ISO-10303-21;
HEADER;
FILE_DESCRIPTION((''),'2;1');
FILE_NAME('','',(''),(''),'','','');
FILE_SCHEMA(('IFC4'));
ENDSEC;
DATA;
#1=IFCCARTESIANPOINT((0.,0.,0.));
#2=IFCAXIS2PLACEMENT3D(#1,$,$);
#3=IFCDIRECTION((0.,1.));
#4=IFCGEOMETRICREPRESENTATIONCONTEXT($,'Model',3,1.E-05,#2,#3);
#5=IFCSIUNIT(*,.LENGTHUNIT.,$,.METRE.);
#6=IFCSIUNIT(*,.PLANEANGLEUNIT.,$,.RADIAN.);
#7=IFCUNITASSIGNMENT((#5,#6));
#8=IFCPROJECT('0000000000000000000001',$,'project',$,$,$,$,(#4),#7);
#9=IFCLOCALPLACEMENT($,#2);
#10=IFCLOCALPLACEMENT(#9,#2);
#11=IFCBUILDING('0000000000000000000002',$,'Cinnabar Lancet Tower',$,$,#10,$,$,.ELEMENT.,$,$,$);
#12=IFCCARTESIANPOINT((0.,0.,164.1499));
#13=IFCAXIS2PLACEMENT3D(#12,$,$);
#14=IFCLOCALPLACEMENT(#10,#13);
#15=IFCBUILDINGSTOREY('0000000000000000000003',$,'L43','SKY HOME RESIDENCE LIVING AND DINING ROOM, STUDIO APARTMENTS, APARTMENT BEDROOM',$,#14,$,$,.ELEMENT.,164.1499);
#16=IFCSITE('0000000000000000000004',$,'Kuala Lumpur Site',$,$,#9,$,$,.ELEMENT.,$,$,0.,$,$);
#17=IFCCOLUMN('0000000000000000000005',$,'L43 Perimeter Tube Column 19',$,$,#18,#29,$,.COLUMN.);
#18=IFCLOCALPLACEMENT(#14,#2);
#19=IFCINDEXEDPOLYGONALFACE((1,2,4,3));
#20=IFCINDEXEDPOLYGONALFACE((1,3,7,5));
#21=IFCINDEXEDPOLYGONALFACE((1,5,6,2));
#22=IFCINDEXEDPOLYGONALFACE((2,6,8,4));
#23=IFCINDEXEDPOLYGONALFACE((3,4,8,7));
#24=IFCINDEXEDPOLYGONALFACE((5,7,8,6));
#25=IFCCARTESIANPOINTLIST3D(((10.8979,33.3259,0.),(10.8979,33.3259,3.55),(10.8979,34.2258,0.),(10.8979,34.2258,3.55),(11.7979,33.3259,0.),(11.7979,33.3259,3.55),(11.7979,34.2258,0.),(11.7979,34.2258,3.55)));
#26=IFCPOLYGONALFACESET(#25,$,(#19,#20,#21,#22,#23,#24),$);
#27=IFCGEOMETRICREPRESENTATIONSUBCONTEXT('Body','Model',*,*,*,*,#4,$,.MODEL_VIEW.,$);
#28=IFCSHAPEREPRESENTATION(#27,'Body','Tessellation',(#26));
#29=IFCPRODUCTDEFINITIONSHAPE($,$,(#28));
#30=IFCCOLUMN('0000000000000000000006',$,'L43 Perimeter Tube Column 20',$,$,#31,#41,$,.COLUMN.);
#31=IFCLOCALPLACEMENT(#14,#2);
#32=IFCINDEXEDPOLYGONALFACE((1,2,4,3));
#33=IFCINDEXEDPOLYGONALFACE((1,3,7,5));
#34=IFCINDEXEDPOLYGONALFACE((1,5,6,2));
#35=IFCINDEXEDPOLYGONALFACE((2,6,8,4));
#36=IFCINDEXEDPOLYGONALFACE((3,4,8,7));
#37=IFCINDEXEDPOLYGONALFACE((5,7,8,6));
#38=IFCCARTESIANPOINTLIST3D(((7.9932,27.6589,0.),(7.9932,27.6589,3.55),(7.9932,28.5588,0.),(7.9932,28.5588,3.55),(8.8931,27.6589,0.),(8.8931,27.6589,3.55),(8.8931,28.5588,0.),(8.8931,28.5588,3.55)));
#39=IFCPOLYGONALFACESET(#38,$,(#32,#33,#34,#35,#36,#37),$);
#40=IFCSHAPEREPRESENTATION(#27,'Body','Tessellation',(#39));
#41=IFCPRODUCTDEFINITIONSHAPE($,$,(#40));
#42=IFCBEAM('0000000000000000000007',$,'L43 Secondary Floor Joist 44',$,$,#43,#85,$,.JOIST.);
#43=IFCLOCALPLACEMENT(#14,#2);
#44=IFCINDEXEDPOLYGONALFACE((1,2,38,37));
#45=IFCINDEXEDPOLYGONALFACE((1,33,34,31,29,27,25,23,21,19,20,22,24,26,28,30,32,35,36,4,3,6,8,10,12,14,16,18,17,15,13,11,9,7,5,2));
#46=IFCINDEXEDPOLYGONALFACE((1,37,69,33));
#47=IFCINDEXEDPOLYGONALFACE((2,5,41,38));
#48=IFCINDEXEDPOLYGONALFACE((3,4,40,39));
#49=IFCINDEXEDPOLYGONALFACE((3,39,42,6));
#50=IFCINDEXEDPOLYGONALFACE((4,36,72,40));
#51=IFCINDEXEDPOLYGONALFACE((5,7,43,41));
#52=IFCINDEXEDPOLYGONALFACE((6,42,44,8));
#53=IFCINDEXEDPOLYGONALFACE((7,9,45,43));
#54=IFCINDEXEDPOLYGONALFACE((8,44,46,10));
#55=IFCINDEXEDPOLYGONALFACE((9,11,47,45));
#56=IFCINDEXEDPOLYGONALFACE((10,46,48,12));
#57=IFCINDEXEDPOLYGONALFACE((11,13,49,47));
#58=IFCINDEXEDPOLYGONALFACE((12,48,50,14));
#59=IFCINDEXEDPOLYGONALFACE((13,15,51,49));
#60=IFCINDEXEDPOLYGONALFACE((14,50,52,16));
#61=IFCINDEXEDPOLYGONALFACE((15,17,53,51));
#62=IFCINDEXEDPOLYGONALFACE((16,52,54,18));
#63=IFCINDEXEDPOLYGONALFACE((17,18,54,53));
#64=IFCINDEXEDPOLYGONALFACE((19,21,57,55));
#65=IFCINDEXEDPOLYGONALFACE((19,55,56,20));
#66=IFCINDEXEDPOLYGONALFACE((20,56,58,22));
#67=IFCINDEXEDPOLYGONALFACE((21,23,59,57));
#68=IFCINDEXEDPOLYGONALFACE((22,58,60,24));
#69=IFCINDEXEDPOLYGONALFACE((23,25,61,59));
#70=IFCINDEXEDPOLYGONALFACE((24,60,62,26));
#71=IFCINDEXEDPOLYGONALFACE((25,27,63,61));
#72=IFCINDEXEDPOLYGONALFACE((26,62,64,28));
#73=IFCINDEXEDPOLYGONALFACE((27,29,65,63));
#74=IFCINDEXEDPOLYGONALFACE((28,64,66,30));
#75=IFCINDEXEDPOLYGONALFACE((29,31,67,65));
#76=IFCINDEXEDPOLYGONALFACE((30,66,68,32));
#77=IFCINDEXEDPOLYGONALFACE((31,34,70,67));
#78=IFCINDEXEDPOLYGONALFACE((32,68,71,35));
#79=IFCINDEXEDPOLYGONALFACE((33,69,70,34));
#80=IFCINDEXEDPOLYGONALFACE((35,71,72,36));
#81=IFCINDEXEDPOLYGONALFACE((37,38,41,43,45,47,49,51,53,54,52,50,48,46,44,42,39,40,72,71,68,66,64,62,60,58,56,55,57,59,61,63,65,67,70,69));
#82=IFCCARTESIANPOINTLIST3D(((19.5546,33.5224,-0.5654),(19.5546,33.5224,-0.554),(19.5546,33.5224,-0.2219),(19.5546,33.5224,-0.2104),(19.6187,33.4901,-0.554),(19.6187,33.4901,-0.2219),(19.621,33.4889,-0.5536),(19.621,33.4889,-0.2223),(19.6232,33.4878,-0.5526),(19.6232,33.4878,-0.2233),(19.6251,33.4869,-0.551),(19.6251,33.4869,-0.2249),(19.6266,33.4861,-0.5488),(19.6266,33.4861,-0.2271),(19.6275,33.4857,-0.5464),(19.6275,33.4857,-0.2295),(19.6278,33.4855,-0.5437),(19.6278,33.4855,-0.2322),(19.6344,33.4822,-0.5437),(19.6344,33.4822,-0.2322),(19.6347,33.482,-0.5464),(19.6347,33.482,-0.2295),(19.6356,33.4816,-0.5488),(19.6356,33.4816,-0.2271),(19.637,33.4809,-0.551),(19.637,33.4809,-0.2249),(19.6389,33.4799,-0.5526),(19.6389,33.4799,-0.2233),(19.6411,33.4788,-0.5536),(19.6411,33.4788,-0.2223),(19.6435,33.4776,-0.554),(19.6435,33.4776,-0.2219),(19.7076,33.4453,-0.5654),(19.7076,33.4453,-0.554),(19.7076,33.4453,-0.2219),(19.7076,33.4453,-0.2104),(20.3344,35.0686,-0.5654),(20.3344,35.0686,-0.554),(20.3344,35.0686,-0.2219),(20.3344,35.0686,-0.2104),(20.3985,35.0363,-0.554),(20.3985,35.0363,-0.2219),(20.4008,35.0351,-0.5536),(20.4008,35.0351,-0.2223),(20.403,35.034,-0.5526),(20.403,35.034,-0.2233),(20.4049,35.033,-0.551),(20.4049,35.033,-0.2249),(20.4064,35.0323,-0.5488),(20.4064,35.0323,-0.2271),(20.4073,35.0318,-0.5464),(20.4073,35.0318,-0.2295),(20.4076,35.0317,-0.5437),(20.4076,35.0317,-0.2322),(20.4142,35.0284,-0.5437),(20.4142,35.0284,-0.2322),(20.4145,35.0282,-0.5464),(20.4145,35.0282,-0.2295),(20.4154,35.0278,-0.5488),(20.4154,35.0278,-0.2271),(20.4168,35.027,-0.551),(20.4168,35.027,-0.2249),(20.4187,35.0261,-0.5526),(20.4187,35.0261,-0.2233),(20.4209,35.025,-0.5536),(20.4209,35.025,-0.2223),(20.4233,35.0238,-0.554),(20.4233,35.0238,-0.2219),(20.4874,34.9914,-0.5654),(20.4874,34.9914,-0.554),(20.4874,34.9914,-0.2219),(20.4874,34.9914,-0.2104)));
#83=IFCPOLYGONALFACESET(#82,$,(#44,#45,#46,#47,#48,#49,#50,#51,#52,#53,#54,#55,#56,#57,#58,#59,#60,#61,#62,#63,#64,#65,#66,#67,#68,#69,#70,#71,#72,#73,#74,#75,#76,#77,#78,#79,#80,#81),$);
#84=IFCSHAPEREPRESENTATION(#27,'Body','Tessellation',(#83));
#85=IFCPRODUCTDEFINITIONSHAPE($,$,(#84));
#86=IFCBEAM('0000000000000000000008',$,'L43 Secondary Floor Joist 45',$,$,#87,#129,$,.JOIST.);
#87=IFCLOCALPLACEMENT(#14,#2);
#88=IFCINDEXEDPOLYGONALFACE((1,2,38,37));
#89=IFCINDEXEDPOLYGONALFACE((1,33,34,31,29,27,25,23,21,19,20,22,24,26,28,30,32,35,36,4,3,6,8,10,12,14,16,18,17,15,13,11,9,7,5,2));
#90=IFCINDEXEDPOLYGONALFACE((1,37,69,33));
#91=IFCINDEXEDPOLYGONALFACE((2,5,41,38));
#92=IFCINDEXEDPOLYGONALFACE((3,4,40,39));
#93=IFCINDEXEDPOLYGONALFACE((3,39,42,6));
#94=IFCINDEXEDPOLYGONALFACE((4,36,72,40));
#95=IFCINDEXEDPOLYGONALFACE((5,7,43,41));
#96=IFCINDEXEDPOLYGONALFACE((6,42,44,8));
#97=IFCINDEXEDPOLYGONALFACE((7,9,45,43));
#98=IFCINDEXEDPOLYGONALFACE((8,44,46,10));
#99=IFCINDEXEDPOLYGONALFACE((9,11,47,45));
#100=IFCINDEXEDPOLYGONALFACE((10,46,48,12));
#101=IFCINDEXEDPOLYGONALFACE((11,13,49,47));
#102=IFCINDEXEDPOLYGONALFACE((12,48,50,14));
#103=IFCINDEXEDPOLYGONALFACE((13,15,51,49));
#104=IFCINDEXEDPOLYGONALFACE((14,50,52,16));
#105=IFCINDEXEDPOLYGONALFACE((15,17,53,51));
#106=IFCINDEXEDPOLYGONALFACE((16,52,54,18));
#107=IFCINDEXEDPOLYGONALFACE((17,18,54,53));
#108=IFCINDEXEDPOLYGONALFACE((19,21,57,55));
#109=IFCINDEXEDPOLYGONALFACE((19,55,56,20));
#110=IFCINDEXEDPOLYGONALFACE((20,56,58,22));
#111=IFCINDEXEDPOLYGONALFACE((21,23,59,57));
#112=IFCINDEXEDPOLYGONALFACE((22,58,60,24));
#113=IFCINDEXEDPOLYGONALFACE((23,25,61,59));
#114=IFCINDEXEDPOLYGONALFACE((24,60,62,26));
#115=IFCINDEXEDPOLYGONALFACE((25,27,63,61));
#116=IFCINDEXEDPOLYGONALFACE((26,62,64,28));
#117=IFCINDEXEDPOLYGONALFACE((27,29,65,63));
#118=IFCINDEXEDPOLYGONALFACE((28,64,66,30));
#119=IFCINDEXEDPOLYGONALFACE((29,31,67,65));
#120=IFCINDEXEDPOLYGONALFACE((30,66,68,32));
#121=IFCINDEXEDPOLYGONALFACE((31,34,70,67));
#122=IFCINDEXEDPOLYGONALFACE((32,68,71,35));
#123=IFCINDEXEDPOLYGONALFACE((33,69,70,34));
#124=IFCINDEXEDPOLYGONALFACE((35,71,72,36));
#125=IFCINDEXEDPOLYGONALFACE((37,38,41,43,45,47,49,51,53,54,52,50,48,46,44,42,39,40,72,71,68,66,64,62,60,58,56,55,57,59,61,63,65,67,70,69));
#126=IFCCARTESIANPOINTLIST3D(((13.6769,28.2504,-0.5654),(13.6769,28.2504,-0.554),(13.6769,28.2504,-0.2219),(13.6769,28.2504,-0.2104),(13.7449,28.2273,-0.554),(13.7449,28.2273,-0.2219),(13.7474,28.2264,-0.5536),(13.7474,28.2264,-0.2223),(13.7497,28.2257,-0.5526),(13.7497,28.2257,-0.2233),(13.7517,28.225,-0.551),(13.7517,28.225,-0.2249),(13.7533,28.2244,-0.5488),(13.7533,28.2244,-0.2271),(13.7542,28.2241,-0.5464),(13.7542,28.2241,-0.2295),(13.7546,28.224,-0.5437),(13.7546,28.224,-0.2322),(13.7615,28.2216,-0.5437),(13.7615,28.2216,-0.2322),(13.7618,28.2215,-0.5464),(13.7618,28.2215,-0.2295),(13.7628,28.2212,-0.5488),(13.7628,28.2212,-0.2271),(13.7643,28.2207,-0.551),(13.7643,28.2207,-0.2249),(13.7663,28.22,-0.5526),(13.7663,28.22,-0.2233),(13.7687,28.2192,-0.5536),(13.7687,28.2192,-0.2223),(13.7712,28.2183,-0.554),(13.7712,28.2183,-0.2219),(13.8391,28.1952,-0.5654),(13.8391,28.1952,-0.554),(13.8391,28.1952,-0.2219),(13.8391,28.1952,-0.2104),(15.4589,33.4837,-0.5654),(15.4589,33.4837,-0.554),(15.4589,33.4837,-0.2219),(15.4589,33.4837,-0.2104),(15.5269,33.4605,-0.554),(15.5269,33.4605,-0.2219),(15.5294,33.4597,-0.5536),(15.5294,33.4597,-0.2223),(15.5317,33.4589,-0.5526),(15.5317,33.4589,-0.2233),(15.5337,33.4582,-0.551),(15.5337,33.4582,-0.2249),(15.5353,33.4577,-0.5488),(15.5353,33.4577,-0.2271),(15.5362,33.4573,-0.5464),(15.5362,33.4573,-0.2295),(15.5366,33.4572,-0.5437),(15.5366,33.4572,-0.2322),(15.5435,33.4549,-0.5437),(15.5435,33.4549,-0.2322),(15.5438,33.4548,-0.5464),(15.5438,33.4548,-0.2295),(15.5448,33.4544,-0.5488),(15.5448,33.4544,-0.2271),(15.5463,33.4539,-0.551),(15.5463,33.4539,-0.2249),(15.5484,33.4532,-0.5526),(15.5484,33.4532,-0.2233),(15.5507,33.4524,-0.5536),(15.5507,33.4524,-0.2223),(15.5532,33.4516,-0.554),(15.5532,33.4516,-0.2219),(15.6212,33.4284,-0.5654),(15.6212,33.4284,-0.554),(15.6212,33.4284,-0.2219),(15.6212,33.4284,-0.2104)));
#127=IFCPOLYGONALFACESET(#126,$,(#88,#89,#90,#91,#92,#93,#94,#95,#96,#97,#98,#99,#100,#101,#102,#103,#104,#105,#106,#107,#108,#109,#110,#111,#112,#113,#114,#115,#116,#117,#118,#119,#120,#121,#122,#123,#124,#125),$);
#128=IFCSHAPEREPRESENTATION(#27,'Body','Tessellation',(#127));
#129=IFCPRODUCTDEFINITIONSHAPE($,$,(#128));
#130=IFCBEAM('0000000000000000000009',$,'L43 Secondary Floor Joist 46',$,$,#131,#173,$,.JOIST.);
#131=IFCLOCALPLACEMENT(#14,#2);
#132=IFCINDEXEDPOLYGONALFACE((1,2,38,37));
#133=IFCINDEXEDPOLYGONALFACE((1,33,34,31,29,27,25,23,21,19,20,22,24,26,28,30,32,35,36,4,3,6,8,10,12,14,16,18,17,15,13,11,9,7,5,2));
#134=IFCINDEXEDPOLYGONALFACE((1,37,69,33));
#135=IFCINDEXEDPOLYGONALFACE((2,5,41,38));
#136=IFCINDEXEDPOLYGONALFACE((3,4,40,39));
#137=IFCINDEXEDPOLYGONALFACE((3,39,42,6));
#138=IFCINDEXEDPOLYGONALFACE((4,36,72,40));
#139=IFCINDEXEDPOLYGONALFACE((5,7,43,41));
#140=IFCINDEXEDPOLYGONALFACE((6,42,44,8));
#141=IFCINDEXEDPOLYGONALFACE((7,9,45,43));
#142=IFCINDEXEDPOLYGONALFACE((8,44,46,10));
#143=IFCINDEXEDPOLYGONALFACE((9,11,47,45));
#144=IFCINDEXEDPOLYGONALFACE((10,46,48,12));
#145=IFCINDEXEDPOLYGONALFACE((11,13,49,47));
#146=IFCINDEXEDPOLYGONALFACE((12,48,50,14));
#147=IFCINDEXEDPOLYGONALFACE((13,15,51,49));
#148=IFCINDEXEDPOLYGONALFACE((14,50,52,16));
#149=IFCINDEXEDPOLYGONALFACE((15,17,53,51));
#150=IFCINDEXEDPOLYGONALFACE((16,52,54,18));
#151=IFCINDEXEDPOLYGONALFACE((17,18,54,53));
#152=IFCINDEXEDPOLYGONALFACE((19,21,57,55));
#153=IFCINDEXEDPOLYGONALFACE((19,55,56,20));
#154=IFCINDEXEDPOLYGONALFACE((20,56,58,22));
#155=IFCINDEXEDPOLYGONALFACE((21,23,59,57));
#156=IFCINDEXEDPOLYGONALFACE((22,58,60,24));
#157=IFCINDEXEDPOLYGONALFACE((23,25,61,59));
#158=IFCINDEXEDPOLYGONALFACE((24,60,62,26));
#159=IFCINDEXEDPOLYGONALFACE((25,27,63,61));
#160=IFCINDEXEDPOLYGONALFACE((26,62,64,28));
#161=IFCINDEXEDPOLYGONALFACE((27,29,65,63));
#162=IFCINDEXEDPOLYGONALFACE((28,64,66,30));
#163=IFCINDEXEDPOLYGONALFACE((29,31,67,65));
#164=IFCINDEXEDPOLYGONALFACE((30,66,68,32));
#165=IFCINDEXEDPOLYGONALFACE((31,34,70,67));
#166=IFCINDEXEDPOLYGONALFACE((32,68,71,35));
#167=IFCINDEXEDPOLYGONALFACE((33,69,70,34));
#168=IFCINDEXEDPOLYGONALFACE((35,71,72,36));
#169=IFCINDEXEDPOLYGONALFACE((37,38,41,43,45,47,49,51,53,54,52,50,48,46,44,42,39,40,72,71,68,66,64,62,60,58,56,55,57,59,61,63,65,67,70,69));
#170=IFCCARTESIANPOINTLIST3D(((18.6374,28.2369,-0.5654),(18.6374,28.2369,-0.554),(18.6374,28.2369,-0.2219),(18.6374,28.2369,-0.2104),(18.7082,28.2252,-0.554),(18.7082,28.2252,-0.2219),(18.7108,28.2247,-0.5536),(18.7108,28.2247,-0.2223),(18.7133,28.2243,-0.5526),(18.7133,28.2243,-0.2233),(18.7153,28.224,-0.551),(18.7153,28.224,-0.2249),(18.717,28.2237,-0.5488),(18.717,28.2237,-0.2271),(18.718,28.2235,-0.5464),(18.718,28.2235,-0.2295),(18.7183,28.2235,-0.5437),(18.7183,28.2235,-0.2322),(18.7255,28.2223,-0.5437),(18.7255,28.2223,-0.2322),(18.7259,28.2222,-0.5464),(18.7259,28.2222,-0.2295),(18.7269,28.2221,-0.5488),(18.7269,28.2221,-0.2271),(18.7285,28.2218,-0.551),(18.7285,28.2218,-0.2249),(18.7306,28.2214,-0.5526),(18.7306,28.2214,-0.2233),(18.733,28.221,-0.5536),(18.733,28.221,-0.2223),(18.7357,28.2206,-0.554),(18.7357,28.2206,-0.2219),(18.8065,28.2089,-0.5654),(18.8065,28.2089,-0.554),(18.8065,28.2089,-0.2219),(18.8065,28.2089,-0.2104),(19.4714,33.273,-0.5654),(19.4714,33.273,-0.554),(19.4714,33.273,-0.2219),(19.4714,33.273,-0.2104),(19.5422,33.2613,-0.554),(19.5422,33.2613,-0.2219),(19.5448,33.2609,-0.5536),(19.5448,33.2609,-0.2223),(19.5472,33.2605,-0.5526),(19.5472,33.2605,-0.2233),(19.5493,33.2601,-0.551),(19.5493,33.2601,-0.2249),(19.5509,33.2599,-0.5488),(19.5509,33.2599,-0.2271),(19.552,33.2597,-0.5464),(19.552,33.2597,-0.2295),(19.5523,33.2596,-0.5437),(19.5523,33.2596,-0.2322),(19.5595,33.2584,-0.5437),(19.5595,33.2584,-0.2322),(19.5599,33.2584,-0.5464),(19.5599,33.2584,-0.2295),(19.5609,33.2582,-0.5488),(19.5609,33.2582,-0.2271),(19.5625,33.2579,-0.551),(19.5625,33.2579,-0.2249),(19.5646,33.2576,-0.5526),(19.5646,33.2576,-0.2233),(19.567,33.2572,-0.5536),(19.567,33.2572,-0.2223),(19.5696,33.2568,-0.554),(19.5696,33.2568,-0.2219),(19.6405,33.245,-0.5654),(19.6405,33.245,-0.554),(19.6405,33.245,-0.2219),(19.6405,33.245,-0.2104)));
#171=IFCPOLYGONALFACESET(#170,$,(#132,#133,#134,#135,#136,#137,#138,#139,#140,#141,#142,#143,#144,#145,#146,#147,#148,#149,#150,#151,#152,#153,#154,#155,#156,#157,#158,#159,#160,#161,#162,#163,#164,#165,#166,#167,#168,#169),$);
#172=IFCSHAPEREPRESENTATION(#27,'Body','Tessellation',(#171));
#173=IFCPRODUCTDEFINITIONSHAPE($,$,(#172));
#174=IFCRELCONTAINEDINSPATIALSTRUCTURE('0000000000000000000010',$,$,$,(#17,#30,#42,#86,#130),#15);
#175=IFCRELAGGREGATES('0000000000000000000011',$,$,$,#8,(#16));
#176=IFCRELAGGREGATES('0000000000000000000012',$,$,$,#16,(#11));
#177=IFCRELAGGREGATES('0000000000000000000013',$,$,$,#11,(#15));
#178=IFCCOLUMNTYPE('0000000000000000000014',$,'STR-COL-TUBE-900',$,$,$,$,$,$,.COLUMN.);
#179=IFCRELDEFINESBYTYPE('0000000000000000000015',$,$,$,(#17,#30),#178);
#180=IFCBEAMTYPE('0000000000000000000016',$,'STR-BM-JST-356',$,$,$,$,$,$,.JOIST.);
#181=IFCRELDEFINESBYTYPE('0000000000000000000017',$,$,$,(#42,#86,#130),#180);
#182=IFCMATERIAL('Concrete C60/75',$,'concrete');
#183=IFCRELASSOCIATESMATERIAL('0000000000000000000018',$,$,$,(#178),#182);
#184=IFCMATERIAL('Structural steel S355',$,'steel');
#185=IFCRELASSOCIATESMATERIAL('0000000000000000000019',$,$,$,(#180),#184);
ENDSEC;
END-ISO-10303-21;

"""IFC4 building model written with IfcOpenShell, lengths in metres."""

from ifc_helpers import new_model, si_unit, direction, frame, origin, origin_2d, place, context, subcontext, project, spatial, rectangle, i_section, extrude, material, material_profile, profile_set, type_object, element, save


model = new_model("IFC4")

# Units and contexts
model_context = context("Model", 3, precision=1e-05, world=origin(), true_north=direction((0.0, 1.0)))
body_context = subcontext(model_context, "Body", "Model", "MODEL_VIEW")
ifc_project = project(units=[si_unit("LENGTHUNIT", "METRE"), si_unit("PLANEANGLEUNIT", "RADIAN")], contexts=[model_context])

# Site, building, storey
site_placement = place(None, origin())
site = spatial("IfcSite", under=ifc_project, at=site_placement, Name="Kuala Lumpur Site", CompositionType="ELEMENT", RefElevation=0.0)
building_placement = place(site_placement, origin())
building = spatial("IfcBuilding", under=site, at=building_placement, Name="Cinnabar Lancet Tower", CompositionType="ELEMENT")
storey_placement = place(building_placement, frame((0.0, 0.0, 164.1499)))
storey = spatial("IfcBuildingStorey", under=building, at=storey_placement, Name="L43", Description="SKY HOME RESIDENCE LIVING AND DINING ROOM, STUDIO APARTMENTS, APARTMENT BEDROOM", CompositionType="ELEMENT", Elevation=164.1499)

# Columns
ifc_material_1 = material(Name="Concrete C60/75", Category="concrete")
ifc_material_profile_1 = material_profile(ifc_material_1, rectangle(XDim=0.8999, YDim=0.8999, at=origin_2d()), Name="RC-COL 900x900")
ifc_profile_set_1 = profile_set([ifc_material_profile_1], Name="Concrete C60/75")
column_type = type_object("IfcColumnType", Name="STR-COL-TUBE-900", PredefinedType="COLUMN", material=ifc_profile_set_1)
for number, where, z_axis, x_axis, name in (
    (1, (11.3479, 33.7759, 0.0), (0.0, 0.0, 1.0), (1.0, 0.0, 0.0), "L43 Perimeter Tube Column 19"),
    (2, (8.4431, 28.1089, 0.0), (0.0, 0.0, 1.0), (1.0, 0.0, 0.0), "L43 Perimeter Tube Column 20"),
):
    element("IfcColumn", number, at=place(storey_placement, frame(where, z_axis=z_axis, x_axis=x_axis)), inside=storey, type_object=column_type, Name=name, PredefinedType="COLUMN", context=body_context, shape_type="SweptSolid", body=[
        extrude(rectangle(XDim=0.8999, YDim=0.8999, at=origin_2d()), origin(), (0.0, 0.0, 1.0), 3.55),
    ])

# Beams
ifc_material_2 = material(Name="Structural steel S355", Category="steel")
ifc_material_profile_2 = material_profile(ifc_material_2, i_section(OverallWidth=0.1714, OverallDepth=0.355, WebThickness=0.0073, FlangeThickness=0.0115, FilletRadius=0.0103, at=origin_2d()), Name="UKB 356x171x51")
ifc_profile_set_2 = profile_set([ifc_material_profile_2], Name="Structural steel S355")
beam_type_1 = type_object("IfcBeamType", Name="STR-BM-JST-356", PredefinedType="JOIST", material=ifc_profile_set_2)
beam_1_placement = place(storey_placement, frame((20.4109, 35.03, -0.3879), z_axis=(-0.450313, -0.892871, 0.0), x_axis=(0.892871, -0.450313, 0.0)))
element("IfcBeam", 3, at=beam_1_placement, inside=storey, type_object=beam_type_1, Name="L43 Secondary Floor Joist 44", PredefinedType="JOIST", context=body_context, shape_type="SweptSolid", body=[
    extrude(i_section(OverallWidth=0.1714, OverallDepth=0.355, WebThickness=0.0073, FlangeThickness=0.0115, FilletRadius=0.0103, at=origin_2d()), origin(), (0.0, 0.0, 1.0), 1.7317),
])
beam_2_placement = place(storey_placement, frame((15.54, 33.4561, -0.3879), z_axis=(-0.322342, -0.946623, 0.0), x_axis=(0.946623, -0.322342, 0.0)))
element("IfcBeam", 4, at=beam_2_placement, inside=storey, type_object=beam_type_1, Name="L43 Secondary Floor Joist 45", PredefinedType="JOIST", context=body_context, shape_type="SweptSolid", body=[
    extrude(i_section(OverallWidth=0.1714, OverallDepth=0.355, WebThickness=0.0073, FlangeThickness=0.0115, FilletRadius=0.0103, at=origin_2d()), origin(), (0.0, 0.0, 1.0), 5.5283),
])
beam_3_placement = place(storey_placement, frame((19.5559, 33.259, -0.3879), z_axis=(-0.163375, -0.986564, 0.0), x_axis=(0.986564, -0.163375, 0.0)))
element("IfcBeam", 5, at=beam_3_placement, inside=storey, type_object=beam_type_1, Name="L43 Secondary Floor Joist 46", PredefinedType="JOIST", context=body_context, shape_type="SweptSolid", body=[
    extrude(i_section(OverallWidth=0.1714, OverallDepth=0.355, WebThickness=0.0073, FlangeThickness=0.0115, FilletRadius=0.0103, at=origin_2d()), origin(), (0.0, 0.0, 1.0), 5.1047),
])

save(model, "model.ifc")
